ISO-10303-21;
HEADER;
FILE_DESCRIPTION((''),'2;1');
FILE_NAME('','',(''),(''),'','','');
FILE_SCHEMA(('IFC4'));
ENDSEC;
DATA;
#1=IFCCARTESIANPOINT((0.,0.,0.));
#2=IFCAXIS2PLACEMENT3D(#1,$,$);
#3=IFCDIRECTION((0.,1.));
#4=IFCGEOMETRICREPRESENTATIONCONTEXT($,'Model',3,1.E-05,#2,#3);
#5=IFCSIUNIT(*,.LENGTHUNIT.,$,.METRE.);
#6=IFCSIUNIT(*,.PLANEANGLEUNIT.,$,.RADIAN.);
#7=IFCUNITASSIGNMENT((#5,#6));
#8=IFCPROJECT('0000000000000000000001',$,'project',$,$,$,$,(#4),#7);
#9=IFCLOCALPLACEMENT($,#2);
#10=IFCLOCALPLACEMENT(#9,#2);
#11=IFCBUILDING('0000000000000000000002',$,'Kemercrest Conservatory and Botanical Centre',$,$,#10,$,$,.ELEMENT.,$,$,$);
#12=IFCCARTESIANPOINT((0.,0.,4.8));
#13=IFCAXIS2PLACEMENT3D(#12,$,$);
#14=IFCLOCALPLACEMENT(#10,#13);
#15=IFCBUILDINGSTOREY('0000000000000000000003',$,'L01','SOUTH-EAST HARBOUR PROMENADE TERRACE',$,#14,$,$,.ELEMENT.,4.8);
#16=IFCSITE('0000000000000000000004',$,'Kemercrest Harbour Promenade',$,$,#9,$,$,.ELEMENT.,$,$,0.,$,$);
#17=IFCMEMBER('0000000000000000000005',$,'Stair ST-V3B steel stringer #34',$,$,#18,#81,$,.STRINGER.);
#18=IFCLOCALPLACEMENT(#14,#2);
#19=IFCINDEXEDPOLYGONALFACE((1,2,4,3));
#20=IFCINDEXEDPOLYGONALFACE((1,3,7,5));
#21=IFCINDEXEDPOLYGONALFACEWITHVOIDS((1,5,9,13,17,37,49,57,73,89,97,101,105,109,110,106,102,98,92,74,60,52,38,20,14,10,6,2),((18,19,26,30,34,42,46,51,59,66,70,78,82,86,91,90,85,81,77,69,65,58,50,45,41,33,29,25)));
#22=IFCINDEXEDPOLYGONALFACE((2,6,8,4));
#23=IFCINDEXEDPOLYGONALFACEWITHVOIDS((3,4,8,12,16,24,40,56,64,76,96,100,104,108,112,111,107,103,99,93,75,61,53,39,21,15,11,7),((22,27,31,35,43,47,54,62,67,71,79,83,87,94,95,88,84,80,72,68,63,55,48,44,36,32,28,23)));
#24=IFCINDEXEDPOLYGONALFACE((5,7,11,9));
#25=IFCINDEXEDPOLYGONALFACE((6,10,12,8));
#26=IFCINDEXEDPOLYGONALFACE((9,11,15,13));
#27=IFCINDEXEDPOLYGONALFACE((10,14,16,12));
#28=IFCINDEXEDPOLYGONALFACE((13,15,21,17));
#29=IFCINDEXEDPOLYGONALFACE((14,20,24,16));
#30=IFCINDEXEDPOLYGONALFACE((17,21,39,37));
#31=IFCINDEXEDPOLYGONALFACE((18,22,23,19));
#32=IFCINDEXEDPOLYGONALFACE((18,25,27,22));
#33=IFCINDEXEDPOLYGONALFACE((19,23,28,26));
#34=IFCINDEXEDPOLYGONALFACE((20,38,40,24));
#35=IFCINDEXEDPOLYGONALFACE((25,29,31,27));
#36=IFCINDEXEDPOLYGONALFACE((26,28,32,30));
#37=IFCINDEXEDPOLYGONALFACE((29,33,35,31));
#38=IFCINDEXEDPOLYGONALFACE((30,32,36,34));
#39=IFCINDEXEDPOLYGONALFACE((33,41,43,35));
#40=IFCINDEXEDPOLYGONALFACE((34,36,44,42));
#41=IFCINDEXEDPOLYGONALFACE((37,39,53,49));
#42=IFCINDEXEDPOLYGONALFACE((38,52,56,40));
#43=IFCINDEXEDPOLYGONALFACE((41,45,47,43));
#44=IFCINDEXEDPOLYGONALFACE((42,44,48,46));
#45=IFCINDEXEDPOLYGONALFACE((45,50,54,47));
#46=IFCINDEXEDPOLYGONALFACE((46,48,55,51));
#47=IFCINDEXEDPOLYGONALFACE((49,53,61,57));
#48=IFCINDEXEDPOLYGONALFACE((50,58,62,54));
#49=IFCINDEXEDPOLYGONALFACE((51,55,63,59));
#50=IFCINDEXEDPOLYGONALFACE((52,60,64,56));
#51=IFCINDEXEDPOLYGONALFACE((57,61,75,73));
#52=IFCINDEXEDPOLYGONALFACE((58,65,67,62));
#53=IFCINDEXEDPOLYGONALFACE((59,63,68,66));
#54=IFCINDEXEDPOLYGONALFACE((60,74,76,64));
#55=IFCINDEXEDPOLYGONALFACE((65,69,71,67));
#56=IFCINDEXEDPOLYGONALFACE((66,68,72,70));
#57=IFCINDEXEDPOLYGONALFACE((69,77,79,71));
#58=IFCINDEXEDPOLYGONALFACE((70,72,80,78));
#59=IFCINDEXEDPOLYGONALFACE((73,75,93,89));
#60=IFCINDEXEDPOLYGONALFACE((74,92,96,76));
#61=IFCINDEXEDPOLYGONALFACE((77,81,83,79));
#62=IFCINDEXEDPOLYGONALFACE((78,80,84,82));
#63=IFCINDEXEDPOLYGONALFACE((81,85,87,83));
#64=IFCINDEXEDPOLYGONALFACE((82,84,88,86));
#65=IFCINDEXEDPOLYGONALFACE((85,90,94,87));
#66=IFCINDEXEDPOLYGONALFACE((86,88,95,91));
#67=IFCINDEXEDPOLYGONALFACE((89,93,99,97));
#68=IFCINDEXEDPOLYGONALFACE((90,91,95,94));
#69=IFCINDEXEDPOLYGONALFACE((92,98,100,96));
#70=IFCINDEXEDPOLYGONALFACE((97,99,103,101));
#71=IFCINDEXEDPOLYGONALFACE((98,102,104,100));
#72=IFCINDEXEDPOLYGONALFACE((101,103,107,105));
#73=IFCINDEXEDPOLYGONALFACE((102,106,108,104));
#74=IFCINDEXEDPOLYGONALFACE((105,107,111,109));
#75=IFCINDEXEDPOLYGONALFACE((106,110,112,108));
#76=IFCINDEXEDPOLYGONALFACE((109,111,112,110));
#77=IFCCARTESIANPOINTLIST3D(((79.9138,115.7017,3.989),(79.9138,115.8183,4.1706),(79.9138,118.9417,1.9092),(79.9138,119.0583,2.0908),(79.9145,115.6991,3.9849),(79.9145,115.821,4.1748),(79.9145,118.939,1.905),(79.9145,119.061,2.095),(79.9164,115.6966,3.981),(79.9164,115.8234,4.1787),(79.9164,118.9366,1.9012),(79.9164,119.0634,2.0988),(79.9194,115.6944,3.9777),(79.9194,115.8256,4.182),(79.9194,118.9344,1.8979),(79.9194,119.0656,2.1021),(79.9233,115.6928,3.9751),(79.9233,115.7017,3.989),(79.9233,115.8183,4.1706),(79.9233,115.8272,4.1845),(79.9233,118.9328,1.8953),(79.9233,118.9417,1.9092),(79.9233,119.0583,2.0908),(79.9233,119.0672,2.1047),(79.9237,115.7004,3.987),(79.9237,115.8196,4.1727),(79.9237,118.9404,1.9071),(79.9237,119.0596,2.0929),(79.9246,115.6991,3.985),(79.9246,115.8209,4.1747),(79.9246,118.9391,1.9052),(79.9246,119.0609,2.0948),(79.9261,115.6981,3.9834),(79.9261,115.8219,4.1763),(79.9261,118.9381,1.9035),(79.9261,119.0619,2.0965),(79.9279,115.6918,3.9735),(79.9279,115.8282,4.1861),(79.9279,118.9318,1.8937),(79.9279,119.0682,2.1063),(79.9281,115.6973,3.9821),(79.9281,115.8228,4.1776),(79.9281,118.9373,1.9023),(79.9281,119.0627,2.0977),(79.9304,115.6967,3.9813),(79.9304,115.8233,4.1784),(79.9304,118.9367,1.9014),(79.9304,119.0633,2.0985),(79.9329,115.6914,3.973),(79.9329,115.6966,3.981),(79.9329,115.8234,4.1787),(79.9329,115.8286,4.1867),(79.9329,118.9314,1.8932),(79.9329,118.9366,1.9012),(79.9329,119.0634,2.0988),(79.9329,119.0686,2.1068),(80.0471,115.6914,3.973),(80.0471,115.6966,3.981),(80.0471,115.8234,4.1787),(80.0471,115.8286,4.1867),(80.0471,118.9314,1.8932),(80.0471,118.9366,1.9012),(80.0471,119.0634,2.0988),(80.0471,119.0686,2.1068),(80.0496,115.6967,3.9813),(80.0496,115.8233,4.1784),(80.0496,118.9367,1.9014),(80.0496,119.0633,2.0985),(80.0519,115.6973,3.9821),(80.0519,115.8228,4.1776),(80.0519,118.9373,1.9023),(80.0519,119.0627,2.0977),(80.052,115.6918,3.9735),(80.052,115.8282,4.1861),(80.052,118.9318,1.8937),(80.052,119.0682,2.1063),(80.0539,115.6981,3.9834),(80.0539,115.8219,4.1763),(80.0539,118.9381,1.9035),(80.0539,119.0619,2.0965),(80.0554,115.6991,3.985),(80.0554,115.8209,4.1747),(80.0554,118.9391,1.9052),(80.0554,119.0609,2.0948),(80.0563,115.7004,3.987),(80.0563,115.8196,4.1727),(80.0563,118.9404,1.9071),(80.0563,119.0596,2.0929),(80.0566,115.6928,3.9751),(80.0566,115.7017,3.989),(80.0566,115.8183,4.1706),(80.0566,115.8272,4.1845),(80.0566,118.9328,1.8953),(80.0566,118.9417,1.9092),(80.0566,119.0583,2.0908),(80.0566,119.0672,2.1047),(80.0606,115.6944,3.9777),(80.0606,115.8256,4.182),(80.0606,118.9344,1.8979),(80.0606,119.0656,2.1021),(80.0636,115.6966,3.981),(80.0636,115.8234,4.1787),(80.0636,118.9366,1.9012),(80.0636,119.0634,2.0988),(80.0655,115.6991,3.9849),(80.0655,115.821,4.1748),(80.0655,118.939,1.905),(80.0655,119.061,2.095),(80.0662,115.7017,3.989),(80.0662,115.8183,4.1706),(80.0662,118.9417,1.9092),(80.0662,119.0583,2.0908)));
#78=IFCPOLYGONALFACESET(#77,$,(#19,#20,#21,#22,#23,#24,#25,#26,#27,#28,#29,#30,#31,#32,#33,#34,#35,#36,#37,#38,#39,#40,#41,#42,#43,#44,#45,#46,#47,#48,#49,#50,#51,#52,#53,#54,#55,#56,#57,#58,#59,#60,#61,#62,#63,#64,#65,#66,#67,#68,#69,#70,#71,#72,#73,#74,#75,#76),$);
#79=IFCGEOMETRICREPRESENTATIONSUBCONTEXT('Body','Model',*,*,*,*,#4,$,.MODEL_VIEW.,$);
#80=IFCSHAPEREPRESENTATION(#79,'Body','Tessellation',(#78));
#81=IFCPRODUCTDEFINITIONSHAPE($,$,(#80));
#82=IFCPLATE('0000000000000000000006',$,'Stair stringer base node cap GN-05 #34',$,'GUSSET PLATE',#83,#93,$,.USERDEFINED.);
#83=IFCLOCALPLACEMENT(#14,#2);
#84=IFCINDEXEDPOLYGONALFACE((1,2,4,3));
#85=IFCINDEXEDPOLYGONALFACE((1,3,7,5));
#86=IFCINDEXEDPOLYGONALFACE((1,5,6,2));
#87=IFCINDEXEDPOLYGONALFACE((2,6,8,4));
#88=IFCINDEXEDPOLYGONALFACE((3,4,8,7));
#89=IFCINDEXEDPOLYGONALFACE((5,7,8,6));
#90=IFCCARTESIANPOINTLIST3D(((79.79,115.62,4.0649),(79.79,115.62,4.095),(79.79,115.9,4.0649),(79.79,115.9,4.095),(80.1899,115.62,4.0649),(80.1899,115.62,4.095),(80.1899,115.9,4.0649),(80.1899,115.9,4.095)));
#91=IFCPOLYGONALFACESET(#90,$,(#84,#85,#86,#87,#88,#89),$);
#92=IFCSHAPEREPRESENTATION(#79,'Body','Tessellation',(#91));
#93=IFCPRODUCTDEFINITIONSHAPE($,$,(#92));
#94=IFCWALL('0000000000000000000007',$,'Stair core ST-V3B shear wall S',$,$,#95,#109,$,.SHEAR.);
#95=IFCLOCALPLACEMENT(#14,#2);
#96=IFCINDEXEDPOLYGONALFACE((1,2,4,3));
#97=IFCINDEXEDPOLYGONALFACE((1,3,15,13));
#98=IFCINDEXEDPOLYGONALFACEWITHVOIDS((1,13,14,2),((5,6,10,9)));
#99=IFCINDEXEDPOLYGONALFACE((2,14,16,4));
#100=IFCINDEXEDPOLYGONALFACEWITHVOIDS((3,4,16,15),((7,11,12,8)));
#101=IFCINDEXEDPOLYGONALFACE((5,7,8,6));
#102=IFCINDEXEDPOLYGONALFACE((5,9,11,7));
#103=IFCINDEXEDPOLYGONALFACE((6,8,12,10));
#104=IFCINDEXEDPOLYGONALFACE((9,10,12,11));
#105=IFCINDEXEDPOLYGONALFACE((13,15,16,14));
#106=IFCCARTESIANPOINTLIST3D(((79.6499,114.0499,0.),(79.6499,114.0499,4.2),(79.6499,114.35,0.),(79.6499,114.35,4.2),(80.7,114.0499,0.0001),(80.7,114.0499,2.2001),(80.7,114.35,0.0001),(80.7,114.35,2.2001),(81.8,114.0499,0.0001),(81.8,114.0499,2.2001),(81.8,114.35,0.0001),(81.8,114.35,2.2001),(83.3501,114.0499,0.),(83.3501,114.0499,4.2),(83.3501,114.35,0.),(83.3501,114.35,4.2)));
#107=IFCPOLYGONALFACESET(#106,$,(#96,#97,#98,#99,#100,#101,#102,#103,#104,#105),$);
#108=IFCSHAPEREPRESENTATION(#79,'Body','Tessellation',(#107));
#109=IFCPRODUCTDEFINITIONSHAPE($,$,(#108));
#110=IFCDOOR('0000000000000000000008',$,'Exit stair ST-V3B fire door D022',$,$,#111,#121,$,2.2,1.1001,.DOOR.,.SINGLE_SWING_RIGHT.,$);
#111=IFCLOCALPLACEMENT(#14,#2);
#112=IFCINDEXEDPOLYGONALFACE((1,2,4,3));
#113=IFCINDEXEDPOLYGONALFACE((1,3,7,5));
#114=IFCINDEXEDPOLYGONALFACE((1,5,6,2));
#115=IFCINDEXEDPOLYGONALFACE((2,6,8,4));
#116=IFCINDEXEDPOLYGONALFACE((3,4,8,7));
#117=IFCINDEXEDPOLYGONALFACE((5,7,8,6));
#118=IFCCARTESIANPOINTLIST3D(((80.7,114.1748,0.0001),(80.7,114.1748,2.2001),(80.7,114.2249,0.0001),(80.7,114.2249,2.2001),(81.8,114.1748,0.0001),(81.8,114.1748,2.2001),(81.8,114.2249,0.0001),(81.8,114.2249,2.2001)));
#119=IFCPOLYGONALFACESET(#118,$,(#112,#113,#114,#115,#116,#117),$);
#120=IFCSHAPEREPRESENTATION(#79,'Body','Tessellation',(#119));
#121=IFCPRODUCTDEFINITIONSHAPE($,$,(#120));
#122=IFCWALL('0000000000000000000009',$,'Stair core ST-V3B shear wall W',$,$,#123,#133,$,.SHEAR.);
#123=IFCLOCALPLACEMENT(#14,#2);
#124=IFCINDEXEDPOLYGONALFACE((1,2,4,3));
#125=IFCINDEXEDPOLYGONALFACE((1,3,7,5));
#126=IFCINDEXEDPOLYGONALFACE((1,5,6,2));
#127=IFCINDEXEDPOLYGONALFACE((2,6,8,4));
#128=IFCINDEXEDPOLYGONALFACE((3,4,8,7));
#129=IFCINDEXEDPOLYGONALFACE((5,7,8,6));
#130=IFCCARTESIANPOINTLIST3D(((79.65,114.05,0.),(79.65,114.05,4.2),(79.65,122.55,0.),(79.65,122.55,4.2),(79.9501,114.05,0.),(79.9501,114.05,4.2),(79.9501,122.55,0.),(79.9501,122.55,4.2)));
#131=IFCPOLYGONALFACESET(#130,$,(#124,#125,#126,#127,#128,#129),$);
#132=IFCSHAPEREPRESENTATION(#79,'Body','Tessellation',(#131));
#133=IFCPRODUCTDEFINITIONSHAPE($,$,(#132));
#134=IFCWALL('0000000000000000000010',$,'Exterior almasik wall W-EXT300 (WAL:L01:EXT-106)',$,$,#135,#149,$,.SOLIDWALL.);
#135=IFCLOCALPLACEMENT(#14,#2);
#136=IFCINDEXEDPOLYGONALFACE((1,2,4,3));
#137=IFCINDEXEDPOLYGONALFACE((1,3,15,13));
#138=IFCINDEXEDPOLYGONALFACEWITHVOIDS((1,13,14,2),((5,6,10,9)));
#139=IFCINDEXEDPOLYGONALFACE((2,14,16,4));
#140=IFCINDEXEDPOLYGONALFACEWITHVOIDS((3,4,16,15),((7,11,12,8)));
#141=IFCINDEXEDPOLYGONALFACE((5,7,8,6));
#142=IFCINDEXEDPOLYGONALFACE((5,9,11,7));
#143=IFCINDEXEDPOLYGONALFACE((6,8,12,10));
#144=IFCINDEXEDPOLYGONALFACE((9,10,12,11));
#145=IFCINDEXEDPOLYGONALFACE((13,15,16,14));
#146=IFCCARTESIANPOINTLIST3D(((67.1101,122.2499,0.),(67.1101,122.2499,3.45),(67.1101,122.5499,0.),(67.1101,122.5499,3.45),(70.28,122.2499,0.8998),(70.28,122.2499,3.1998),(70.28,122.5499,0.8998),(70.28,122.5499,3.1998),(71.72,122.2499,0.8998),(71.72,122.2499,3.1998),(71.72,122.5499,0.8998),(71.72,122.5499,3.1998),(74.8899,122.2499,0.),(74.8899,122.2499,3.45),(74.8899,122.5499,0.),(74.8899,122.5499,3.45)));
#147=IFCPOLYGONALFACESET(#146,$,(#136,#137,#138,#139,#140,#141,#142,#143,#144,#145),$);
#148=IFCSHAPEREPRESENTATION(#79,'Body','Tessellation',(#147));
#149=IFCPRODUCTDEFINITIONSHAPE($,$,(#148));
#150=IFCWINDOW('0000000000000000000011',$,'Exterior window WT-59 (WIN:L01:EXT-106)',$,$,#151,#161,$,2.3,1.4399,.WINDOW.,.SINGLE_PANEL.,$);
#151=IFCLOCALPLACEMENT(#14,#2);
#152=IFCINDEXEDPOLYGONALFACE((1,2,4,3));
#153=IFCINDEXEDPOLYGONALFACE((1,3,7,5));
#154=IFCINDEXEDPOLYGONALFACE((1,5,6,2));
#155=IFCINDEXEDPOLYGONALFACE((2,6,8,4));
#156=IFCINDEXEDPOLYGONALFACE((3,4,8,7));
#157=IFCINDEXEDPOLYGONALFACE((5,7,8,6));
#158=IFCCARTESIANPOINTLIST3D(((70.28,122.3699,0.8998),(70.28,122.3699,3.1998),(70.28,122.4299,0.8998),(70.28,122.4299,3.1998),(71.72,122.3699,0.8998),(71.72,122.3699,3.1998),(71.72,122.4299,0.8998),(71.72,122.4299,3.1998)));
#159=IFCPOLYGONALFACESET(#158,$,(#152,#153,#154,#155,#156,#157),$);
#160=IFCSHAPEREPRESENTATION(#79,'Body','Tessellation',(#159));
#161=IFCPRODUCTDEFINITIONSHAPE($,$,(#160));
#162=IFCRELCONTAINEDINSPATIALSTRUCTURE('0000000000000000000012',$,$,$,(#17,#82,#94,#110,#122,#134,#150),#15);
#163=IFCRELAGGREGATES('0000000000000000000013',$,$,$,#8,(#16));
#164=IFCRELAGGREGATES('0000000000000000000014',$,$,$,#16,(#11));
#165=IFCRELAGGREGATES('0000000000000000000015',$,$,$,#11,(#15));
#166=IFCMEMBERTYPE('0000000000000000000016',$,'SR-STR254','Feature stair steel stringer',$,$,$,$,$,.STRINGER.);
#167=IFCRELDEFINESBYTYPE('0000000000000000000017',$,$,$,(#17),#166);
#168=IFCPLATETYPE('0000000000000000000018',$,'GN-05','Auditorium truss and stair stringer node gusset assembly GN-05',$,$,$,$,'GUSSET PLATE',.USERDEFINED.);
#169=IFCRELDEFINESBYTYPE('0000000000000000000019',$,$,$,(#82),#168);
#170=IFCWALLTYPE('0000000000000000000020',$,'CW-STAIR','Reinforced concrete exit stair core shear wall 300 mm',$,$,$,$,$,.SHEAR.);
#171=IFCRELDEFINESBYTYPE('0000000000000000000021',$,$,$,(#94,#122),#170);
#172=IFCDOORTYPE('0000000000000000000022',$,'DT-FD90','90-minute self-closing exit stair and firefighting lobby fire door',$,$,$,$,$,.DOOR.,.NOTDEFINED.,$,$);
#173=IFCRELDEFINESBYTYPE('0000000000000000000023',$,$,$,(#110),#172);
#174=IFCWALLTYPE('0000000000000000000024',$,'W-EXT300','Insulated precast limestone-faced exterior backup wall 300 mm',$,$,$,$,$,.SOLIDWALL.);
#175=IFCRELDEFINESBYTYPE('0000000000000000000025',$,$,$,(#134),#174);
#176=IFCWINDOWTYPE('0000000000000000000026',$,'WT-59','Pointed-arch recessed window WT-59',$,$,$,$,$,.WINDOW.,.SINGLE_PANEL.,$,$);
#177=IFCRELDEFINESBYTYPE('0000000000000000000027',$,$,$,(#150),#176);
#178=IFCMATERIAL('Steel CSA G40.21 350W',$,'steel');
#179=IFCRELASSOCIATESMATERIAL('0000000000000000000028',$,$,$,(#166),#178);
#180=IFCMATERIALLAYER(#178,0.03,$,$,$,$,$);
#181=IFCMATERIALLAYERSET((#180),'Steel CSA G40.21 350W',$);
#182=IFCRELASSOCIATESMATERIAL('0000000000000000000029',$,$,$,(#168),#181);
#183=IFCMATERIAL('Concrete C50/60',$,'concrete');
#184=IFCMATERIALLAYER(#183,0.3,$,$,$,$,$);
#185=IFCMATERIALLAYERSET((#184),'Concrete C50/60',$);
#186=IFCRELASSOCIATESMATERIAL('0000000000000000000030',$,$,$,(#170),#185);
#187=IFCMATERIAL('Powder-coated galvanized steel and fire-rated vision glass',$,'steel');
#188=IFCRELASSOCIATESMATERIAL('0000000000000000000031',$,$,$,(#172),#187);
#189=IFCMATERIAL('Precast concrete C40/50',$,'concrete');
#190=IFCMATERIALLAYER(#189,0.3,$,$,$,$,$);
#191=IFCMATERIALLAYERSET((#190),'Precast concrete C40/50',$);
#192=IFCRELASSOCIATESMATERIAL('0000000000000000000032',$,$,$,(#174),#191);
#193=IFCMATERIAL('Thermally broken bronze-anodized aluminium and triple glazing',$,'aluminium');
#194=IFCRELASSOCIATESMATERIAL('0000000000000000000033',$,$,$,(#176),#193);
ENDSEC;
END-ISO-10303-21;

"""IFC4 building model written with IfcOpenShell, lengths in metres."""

from ifc_helpers import new_model, si_unit, direction, frame, frame_2d, origin, origin_2d, place, context, subcontext, project, spatial, rectangle, hollow_rectangle, extrude, material, layer, layer_set, material_profile, profile_set, type_object, element, fill, save


model = new_model("IFC4")

# Units and contexts
model_context = context("Model", 3, precision=1e-05, world=origin(), true_north=direction((0.0, 1.0)))
body_context = subcontext(model_context, "Body", "Model", "MODEL_VIEW")
ifc_project = project(units=[si_unit("LENGTHUNIT", "METRE"), si_unit("PLANEANGLEUNIT", "RADIAN")], contexts=[model_context])

# Site, building, storey
site_placement = place(None, origin())
site = spatial("IfcSite", under=ifc_project, at=site_placement, Name="Kemercrest Harbour Promenade", CompositionType="ELEMENT", RefElevation=0.0)
building_placement = place(site_placement, origin())
building = spatial("IfcBuilding", under=site, at=building_placement, Name="Kemercrest Conservatory and Botanical Centre", CompositionType="ELEMENT")
storey_placement = place(building_placement, frame((0.0, 0.0, 4.8)))
storey = spatial("IfcBuildingStorey", under=building, at=storey_placement, Name="L01", Description="SOUTH-EAST HARBOUR PROMENADE TERRACE", CompositionType="ELEMENT", Elevation=4.8)

# Member
ifc_material_1 = material(Name="Steel CSA G40.21 350W", Category="steel")
ifc_material_profile_1 = material_profile(ifc_material_1, hollow_rectangle(XDim=0.1523, YDim=0.2539, WallThickness=0.0095, InnerFilletRadius=0.0095, OuterFilletRadius=0.019, at=origin_2d()), Name="HSS 254x152x9.5")
ifc_profile_set_1 = profile_set([ifc_material_profile_1], Name="Steel CSA G40.21 350W")
member_type = type_object("IfcMemberType", Name="SR-STR254", Description="Feature stair steel stringer", PredefinedType="STRINGER", material=ifc_profile_set_1)
member_placement = place(storey_placement, frame((79.99, 115.76, 4.0798), z_axis=(0.0, 0.841535, -0.540203), x_axis=(-1.0, 0.0, 0.0)))
element("IfcMember", 1, at=member_placement, inside=storey, type_object=member_type, Name="Stair ST-V3B steel stringer #34", PredefinedType="STRINGER", context=body_context, shape_type="SweptSolid", body=[
    extrude(hollow_rectangle(XDim=0.1523, YDim=0.2539, WallThickness=0.0095, InnerFilletRadius=0.0095, OuterFilletRadius=0.019, at=origin_2d()), origin(), (0.0, 0.0, 1.0), 3.8501),
])

# Plate
ifc_layer_1 = layer(ifc_material_1, 0.03)
ifc_layer_set_1 = layer_set([ifc_layer_1], Name="Steel CSA G40.21 350W")
plate_type = type_object("IfcPlateType", Name="GN-05", Description="Auditorium truss and stair stringer node gusset assembly GN-05", ElementType="GUSSET PLATE", PredefinedType="USERDEFINED", material=ifc_layer_set_1)
plate_placement = place(storey_placement, frame((79.99, 115.76, 4.0649), z_axis=(0.0, 0.0, 1.0), x_axis=(1.0, 0.0, 0.0)))
element("IfcPlate", 2, at=plate_placement, inside=storey, type_object=plate_type, Name="Stair stringer base node cap GN-05 #34", ObjectType="GUSSET PLATE", PredefinedType="USERDEFINED", context=body_context, shape_type="SweptSolid", body=[
    extrude(rectangle(XDim=0.3999, YDim=0.28, at=origin_2d()), origin(), (0.0, 0.0, 1.0), 0.03),
])

# Wall, opening, door
ifc_material_2 = material(Name="Concrete C50/60", Category="concrete")
ifc_layer_2 = layer(ifc_material_2, 0.3)
ifc_layer_set_2 = layer_set([ifc_layer_2], Name="Concrete C50/60")
wall_type_1 = type_object("IfcWallType", Name="CW-STAIR", Description="Reinforced concrete exit stair core shear wall 300 mm", PredefinedType="SHEAR", material=ifc_layer_set_2)
wall_1_placement = place(storey_placement, frame((79.6499, 114.2, 0.0), z_axis=(0.0, 0.0, 1.0), x_axis=(1.0, 0.0, 0.0)))
wall_1 = element("IfcWall", 3, at=wall_1_placement, inside=storey, type_object=wall_type_1, Name="Stair core ST-V3B shear wall S", PredefinedType="SHEAR", context=body_context, shape_type="SweptSolid", body=[
    extrude(rectangle(XDim=3.7002, YDim=0.3, at=frame_2d((1.8501, 0.0))), origin(), (0.0, 0.0, 1.0), 4.2),
])
opening_1_placement = place(wall_1_placement, frame((1.05, 0.0, 0.0)))
opening_1 = element("IfcOpeningElement", 4, at=opening_1_placement, cuts=wall_1, PredefinedType="OPENING", context=body_context, shape_type="SweptSolid", body=[
    extrude(rectangle(XDim=1.1001, YDim=2.2, at=frame_2d((0.55, 1.1001))), frame((0.0, 0.1602, 0.0), z_axis=(0.0, -1.0, 0.0), x_axis=(1.0, 0.0, 0.0)), (0.0, 0.0, 1.0), 0.3201),
])
ifc_material_3 = material(Name="Powder-coated galvanized steel and fire-rated vision glass", Category="steel")
door_type_1 = type_object("IfcDoorType", Name="DT-FD90", Description="90-minute self-closing exit stair and firefighting lobby fire door", OperationType="NOTDEFINED", PredefinedType="DOOR", material=ifc_material_3)
door_1_placement = place(opening_1_placement, origin())
door_1 = element("IfcDoor", 5, at=door_1_placement, inside=storey, type_object=door_type_1, Name="Exit stair ST-V3B fire door D022", OperationType="SINGLE_SWING_RIGHT", OverallHeight=2.2, OverallWidth=1.1001, PredefinedType="DOOR", context=body_context, shape_type="SweptSolid", body=[
    extrude(rectangle(XDim=1.1001, YDim=2.2, at=frame_2d((0.55, 1.1001))), frame((0.0, 0.0249, 0.0), z_axis=(0.0, -1.0, 0.0), x_axis=(1.0, 0.0, 0.0)), (0.0, 0.0, 1.0), 0.05),
])
fill(opening_1, door_1)

# Wall
wall_2_placement = place(storey_placement, frame((79.8, 114.05, 0.0), z_axis=(0.0, 0.0, 1.0), x_axis=(0.0, 1.0, 0.0)))
element("IfcWall", 6, at=wall_2_placement, inside=storey, type_object=wall_type_1, Name="Stair core ST-V3B shear wall W", PredefinedType="SHEAR", context=body_context, shape_type="SweptSolid", body=[
    extrude(rectangle(XDim=8.5, YDim=0.3, at=frame_2d((4.25, 0.0))), origin(), (0.0, 0.0, 1.0), 4.2),
])

# Wall, opening, window
ifc_material_4 = material(Name="Precast concrete C40/50", Category="concrete")
ifc_layer_3 = layer(ifc_material_4, 0.3)
ifc_layer_set_3 = layer_set([ifc_layer_3], Name="Precast concrete C40/50")
wall_type_2 = type_object("IfcWallType", Name="W-EXT300", Description="Insulated precast limestone-faced exterior backup wall 300 mm", PredefinedType="SOLIDWALL", material=ifc_layer_set_3)
wall_3_placement = place(storey_placement, frame((74.8899, 122.3999, 0.0), z_axis=(0.0, 0.0, 1.0), x_axis=(-1.0, 0.0, 0.0)))
wall_3 = element("IfcWall", 7, at=wall_3_placement, inside=storey, type_object=wall_type_2, Name="Exterior almasik wall W-EXT300 (WAL:L01:EXT-106)", PredefinedType="SOLIDWALL", context=body_context, shape_type="SweptSolid", body=[
    extrude(rectangle(XDim=7.7798, YDim=0.3, at=frame_2d((3.8899, 0.0))), origin(), (0.0, 0.0, 1.0), 3.45),
])
opening_2_placement = place(wall_3_placement, frame((3.1699, 0.0, 0.8999)))
opening_2 = element("IfcOpeningElement", 8, at=opening_2_placement, cuts=wall_3, PredefinedType="OPENING", context=body_context, shape_type="SweptSolid", body=[
    extrude(rectangle(XDim=1.4399, YDim=2.3, at=frame_2d((0.72, 1.1499))), frame((0.0, 0.1602, 0.0), z_axis=(0.0, -1.0, 0.0), x_axis=(1.0, 0.0, 0.0)), (0.0, 0.0, 1.0), 0.3201),
])
ifc_material_5 = material(Name="Thermally broken bronze-anodized aluminium and triple glazing", Category="aluminium")
window_type_1 = type_object("IfcWindowType", Name="WT-59", Description="Pointed-arch recessed window WT-59", PartitioningType="SINGLE_PANEL", PredefinedType="WINDOW", material=ifc_material_5)
window_1_placement = place(opening_2_placement, origin())
window_1 = element("IfcWindow", 9, at=window_1_placement, inside=storey, type_object=window_type_1, Name="Exterior window WT-59 (WIN:L01:EXT-106)", OverallHeight=2.3, OverallWidth=1.4399, PartitioningType="SINGLE_PANEL", PredefinedType="WINDOW", context=body_context, shape_type="SweptSolid", body=[
    extrude(rectangle(XDim=1.4399, YDim=2.3, at=frame_2d((0.72, 1.1499))), frame((0.0, 0.03, 0.0), z_axis=(0.0, -1.0, 0.0), x_axis=(1.0, 0.0, 0.0)), (0.0, 0.0, 1.0), 0.0601),
])
fill(opening_2, window_1)

save(model, "model.ifc")
